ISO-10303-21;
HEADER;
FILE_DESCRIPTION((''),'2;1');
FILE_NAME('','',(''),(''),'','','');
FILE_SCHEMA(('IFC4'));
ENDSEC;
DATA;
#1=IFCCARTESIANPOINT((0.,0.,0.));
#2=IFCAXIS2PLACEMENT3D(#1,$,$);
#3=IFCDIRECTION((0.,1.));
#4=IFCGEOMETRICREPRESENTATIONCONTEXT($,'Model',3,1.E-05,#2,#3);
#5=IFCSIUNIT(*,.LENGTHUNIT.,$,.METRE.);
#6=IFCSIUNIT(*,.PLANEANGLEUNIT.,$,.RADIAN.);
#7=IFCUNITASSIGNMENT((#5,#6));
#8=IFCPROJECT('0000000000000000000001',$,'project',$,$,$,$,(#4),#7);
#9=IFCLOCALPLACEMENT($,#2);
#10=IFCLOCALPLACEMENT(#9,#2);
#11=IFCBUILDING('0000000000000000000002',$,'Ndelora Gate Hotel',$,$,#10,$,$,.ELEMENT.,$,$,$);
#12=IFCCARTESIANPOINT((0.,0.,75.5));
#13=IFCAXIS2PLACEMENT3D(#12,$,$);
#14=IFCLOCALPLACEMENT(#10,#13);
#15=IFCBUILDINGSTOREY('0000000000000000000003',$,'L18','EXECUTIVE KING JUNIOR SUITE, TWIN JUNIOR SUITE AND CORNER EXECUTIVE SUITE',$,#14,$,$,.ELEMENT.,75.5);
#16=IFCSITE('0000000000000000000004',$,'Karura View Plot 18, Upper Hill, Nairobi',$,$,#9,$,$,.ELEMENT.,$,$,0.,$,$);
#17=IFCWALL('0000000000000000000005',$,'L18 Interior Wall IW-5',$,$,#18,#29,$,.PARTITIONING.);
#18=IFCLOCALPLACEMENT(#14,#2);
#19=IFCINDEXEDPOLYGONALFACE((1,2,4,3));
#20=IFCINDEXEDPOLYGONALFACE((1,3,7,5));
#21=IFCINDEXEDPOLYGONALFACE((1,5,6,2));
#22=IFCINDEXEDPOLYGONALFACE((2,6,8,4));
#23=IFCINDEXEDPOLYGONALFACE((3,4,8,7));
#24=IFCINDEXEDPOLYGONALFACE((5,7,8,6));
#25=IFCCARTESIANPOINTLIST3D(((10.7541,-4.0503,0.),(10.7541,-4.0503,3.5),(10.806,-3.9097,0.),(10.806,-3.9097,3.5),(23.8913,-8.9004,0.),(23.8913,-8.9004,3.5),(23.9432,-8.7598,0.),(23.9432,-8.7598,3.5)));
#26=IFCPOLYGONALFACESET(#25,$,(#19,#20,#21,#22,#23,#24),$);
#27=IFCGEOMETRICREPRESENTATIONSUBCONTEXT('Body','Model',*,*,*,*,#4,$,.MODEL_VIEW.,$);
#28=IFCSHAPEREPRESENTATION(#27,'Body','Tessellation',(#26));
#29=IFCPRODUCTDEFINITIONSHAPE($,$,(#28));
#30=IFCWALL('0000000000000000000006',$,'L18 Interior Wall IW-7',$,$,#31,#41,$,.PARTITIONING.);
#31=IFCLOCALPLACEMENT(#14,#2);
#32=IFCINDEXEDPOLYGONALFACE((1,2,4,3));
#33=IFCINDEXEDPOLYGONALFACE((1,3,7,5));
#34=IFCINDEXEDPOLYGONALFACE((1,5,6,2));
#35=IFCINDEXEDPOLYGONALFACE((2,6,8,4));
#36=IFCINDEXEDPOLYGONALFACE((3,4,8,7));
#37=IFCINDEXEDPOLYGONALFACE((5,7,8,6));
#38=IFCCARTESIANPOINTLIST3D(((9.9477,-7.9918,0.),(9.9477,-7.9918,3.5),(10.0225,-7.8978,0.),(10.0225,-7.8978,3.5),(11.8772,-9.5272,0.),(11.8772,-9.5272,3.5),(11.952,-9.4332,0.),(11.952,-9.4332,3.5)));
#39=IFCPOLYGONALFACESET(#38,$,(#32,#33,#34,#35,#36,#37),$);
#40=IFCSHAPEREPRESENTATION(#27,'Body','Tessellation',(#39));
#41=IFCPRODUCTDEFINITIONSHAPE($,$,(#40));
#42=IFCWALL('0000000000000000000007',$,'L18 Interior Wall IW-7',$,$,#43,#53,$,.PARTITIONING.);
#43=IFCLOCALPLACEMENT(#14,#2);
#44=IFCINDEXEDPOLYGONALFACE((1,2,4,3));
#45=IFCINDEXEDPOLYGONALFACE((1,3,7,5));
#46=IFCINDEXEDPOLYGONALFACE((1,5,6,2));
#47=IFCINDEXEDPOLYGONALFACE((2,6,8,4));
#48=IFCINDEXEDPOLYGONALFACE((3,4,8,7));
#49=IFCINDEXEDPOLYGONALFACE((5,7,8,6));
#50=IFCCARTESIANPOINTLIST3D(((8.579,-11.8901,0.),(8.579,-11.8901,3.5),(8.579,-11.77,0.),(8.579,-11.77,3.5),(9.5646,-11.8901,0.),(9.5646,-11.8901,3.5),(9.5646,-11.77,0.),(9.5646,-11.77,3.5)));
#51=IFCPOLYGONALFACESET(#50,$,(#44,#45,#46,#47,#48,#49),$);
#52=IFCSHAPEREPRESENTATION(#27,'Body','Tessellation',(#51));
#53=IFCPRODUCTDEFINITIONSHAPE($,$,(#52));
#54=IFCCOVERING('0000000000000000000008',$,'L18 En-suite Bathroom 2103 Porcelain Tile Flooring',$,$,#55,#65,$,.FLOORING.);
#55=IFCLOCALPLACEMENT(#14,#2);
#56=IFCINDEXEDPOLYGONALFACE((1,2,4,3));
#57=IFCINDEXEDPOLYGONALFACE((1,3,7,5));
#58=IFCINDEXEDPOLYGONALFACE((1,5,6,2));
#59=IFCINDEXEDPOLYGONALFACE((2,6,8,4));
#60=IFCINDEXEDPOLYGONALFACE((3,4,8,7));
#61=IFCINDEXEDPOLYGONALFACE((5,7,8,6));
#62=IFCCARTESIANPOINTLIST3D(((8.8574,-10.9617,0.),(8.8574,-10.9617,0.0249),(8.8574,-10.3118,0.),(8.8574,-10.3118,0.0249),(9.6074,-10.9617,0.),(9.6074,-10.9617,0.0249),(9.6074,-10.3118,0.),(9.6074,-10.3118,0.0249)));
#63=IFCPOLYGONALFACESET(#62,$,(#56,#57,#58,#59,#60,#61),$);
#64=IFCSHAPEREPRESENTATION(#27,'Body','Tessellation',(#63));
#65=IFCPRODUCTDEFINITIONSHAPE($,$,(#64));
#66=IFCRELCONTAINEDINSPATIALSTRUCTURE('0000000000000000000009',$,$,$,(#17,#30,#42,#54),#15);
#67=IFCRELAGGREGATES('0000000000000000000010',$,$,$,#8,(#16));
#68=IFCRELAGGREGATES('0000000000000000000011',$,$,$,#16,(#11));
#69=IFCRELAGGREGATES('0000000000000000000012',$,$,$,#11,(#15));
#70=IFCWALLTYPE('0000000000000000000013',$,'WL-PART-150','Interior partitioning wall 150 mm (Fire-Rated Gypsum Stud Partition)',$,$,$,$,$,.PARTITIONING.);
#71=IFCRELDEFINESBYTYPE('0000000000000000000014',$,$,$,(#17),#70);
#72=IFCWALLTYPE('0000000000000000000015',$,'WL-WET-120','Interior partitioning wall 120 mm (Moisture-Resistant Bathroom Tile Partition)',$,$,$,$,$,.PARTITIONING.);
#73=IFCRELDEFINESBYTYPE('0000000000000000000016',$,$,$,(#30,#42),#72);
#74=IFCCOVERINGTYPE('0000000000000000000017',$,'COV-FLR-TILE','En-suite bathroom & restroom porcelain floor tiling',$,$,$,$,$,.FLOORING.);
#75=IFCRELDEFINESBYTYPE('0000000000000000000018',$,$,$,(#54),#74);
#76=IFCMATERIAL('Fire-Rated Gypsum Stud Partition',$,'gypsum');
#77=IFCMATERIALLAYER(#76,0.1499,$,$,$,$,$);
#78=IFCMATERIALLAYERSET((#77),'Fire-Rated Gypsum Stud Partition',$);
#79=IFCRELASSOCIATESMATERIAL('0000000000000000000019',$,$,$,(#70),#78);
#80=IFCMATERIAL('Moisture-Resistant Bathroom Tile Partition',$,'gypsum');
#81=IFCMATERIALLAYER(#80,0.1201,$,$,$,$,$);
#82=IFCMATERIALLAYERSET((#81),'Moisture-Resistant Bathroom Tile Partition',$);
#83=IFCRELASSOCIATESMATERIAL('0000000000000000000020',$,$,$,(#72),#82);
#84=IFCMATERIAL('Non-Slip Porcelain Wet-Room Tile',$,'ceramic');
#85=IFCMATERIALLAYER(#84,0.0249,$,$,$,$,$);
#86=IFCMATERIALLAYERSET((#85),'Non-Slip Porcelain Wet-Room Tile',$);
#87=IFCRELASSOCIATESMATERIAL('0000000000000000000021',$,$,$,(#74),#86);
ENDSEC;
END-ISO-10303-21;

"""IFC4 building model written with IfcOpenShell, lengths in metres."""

from ifc_helpers import new_model, si_unit, direction, frame, frame_2d, origin, origin_2d, place, context, subcontext, project, spatial, rectangle, extrude, material, layer, layer_set, type_object, element, save


model = new_model("IFC4")

# Units and contexts
model_context = context("Model", 3, precision=1e-05, world=origin(), true_north=direction((0.0, 1.0)))
body_context = subcontext(model_context, "Body", "Model", "MODEL_VIEW")
ifc_project = project(units=[si_unit("LENGTHUNIT", "METRE"), si_unit("PLANEANGLEUNIT", "RADIAN")], contexts=[model_context])

# Site, building, storey
site_placement = place(None, origin())
site = spatial("IfcSite", under=ifc_project, at=site_placement, Name="Karura View Plot 18, Upper Hill, Nairobi", CompositionType="ELEMENT", RefElevation=0.0)
building_placement = place(site_placement, origin())
building = spatial("IfcBuilding", under=site, at=building_placement, Name="Ndelora Gate Hotel", CompositionType="ELEMENT")
storey_placement = place(building_placement, frame((0.0, 0.0, 75.5)))
storey = spatial("IfcBuildingStorey", under=building, at=storey_placement, Name="L18", Description="EXECUTIVE KING JUNIOR SUITE, TWIN JUNIOR SUITE AND CORNER EXECUTIVE SUITE", CompositionType="ELEMENT", Elevation=75.5)

# Walls
ifc_material_1 = material(Name="Fire-Rated Gypsum Stud Partition", Category="gypsum")
ifc_layer_1 = layer(ifc_material_1, 0.1499)
ifc_layer_set_1 = layer_set([ifc_layer_1], Name="Fire-Rated Gypsum Stud Partition")
wall_type_1 = type_object("IfcWallType", Name="WL-PART-150", Description="Interior partitioning wall 150 mm (Fire-Rated Gypsum Stud Partition)", PredefinedType="PARTITIONING", material=ifc_layer_set_1)
wall_1_placement = place(storey_placement, frame((10.78, -3.98, 0.0), z_axis=(0.0, 0.0, 1.0), x_axis=(0.93811, -0.346339, 0.0)))
element("IfcWall", 1, at=wall_1_placement, inside=storey, type_object=wall_type_1, Name="L18 Interior Wall IW-5", PredefinedType="PARTITIONING", context=body_context, shape_type="SweptSolid", body=[
    extrude(rectangle(XDim=14.0039, YDim=0.1499, at=frame_2d((7.002, 0.0))), origin(), (0.0, 0.0, 1.0), 3.5),
])
ifc_material_2 = material(Name="Moisture-Resistant Bathroom Tile Partition", Category="gypsum")
ifc_layer_2 = layer(ifc_material_2, 0.1201)
ifc_layer_set_2 = layer_set([ifc_layer_2], Name="Moisture-Resistant Bathroom Tile Partition")
wall_type_2 = type_object("IfcWallType", Name="WL-WET-120", Description="Interior partitioning wall 120 mm (Moisture-Resistant Bathroom Tile Partition)", PredefinedType="PARTITIONING", material=ifc_layer_set_2)
wall_2_placement = place(storey_placement, frame((9.9851, -7.9448, 0.0), z_axis=(0.0, 0.0, 1.0), x_axis=(0.782479, -0.622677, 0.0)))
element("IfcWall", 2, at=wall_2_placement, inside=storey, type_object=wall_type_2, Name="L18 Interior Wall IW-7", PredefinedType="PARTITIONING", context=body_context, shape_type="SweptSolid", body=[
    extrude(rectangle(XDim=2.4658, YDim=0.1201, at=frame_2d((1.2329, 0.0))), origin(), (0.0, 0.0, 1.0), 3.5),
])
wall_3_placement = place(storey_placement, frame((8.5791, -11.8301, 0.0), z_axis=(0.0, 0.0, 1.0), x_axis=(1.0, 0.0, 0.0)))
element("IfcWall", 3, at=wall_3_placement, inside=storey, type_object=wall_type_2, Name="L18 Interior Wall IW-7", PredefinedType="PARTITIONING", context=body_context, shape_type="SweptSolid", body=[
    extrude(rectangle(XDim=0.9856, YDim=0.1201, at=frame_2d((0.4927, 0.0))), origin(), (0.0, 0.0, 1.0), 3.5),
])

# Covering
ifc_material_3 = material(Name="Non-Slip Porcelain Wet-Room Tile", Category="ceramic")
ifc_layer_3 = layer(ifc_material_3, 0.0249)
ifc_layer_set_3 = layer_set([ifc_layer_3], Name="Non-Slip Porcelain Wet-Room Tile")
covering_type = type_object("IfcCoveringType", Name="COV-FLR-TILE", Description="En-suite bathroom & restroom porcelain floor tiling", PredefinedType="FLOORING", material=ifc_layer_set_3)
covering_placement = place(storey_placement, frame((9.2324, -10.6367, 0.0), z_axis=(0.0, 0.0, 1.0), x_axis=(1.0, 0.0, 0.0)))
element("IfcCovering", 4, at=covering_placement, inside=storey, type_object=covering_type, Name="L18 En-suite Bathroom 2103 Porcelain Tile Flooring", PredefinedType="FLOORING", context=body_context, shape_type="SweptSolid", body=[
    extrude(rectangle(XDim=0.75, YDim=0.6499, at=origin_2d()), origin(), (0.0, 0.0, 1.0), 0.0249),
])

save(model, "model.ifc")
